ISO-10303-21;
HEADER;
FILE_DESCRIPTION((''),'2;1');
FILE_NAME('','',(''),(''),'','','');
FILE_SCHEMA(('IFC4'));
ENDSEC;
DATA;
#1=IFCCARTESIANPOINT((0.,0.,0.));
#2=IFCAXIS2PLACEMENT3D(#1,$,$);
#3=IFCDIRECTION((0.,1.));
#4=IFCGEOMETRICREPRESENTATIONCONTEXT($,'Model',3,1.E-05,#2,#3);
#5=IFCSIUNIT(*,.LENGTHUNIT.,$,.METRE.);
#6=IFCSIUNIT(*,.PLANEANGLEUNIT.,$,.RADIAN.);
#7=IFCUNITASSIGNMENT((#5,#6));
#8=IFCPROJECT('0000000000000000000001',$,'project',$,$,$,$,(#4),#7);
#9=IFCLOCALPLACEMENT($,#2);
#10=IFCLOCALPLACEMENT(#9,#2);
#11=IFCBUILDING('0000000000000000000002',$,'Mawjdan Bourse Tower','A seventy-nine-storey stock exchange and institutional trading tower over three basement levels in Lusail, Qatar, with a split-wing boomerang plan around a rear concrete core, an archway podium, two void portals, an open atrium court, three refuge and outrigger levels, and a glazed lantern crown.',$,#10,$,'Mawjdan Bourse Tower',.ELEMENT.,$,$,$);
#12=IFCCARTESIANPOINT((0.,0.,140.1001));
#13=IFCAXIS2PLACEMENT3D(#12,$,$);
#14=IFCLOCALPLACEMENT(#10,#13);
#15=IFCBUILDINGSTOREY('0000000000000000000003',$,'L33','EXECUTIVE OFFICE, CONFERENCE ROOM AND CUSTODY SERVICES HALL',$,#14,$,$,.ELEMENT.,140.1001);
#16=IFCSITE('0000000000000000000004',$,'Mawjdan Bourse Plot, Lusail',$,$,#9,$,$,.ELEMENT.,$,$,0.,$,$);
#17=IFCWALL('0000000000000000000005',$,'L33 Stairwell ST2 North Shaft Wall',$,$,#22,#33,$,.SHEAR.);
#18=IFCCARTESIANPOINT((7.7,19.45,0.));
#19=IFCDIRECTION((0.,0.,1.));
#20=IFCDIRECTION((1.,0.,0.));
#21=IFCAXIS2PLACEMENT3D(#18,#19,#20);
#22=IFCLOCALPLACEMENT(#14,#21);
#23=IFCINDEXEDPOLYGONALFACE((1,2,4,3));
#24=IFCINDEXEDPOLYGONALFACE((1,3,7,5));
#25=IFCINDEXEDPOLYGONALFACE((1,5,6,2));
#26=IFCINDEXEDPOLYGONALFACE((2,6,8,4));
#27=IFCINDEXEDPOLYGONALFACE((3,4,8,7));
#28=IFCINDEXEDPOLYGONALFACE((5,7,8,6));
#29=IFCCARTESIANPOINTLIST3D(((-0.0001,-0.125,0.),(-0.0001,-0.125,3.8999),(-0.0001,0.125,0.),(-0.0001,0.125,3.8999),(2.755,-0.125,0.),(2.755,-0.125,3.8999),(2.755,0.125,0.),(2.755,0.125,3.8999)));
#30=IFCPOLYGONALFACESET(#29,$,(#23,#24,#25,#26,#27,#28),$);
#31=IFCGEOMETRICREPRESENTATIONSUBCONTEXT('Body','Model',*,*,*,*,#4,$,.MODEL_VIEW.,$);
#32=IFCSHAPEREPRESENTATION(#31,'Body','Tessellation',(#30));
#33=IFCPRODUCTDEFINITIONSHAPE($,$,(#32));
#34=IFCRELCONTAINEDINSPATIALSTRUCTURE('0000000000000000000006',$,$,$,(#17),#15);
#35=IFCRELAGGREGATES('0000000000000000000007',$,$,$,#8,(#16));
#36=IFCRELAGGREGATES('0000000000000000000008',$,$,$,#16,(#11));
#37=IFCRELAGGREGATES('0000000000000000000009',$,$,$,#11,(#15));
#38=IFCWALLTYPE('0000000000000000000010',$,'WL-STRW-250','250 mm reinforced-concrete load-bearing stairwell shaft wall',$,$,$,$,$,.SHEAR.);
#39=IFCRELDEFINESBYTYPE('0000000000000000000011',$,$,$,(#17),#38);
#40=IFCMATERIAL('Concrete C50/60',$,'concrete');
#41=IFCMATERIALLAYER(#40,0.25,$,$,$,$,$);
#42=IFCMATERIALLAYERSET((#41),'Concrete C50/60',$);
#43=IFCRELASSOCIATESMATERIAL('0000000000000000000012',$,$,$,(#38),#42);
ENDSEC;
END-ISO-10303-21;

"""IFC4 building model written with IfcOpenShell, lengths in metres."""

from ifc_helpers import new_model, si_unit, direction, frame, frame_2d, origin, place, context, subcontext, project, spatial, rectangle, extrude, material, layer, layer_set, type_object, element, save


model = new_model("IFC4")

# Units and contexts
model_context = context("Model", 3, precision=1e-05, world=origin(), true_north=direction((0.0, 1.0)))
body_context = subcontext(model_context, "Body", "Model", "MODEL_VIEW")
ifc_project = project(units=[si_unit("LENGTHUNIT", "METRE"), si_unit("PLANEANGLEUNIT", "RADIAN")], contexts=[model_context])

# Site, building, storey
site_placement = place(None, origin())
site = spatial("IfcSite", under=ifc_project, at=site_placement, Name="Mawjdan Bourse Plot, Lusail", CompositionType="ELEMENT", RefElevation=0.0)
building_placement = place(site_placement, origin())
building = spatial("IfcBuilding", under=site, at=building_placement, Name="Mawjdan Bourse Tower", Description="A seventy-nine-storey stock exchange and institutional trading tower over three basement levels in Lusail, Qatar, with a split-wing boomerang plan around a rear concrete core, an archway podium, two void portals, an open atrium court, three refuge and outrigger levels, and a glazed lantern crown.", LongName="Mawjdan Bourse Tower", CompositionType="ELEMENT")
storey_placement = place(building_placement, frame((0.0, 0.0, 140.1001)))
storey = spatial("IfcBuildingStorey", under=building, at=storey_placement, Name="L33", Description="EXECUTIVE OFFICE, CONFERENCE ROOM AND CUSTODY SERVICES HALL", CompositionType="ELEMENT", Elevation=140.1001)

# Wall
ifc_material_1 = material(Name="Concrete C50/60", Category="concrete")
ifc_layer_1 = layer(ifc_material_1, 0.25)
ifc_layer_set_1 = layer_set([ifc_layer_1], Name="Concrete C50/60")
wall_type_1 = type_object("IfcWallType", Name="WL-STRW-250", Description="250 mm reinforced-concrete load-bearing stairwell shaft wall", PredefinedType="SHEAR", material=ifc_layer_set_1)
wall_1_placement = place(storey_placement, frame((7.7, 19.45, 0.0), z_axis=(0.0, 0.0, 1.0), x_axis=(1.0, 0.0, 0.0)))
element("IfcWall", 1, at=wall_1_placement, inside=storey, type_object=wall_type_1, Name="L33 Stairwell ST2 North Shaft Wall", PredefinedType="SHEAR", context=body_context, shape_type="SweptSolid", body=[
    extrude(rectangle(XDim=2.7551, YDim=0.25, at=frame_2d((1.3774, 0.0))), origin(), (0.0, 0.0, 1.0), 3.8999),
])

save(model, "model.ifc")
